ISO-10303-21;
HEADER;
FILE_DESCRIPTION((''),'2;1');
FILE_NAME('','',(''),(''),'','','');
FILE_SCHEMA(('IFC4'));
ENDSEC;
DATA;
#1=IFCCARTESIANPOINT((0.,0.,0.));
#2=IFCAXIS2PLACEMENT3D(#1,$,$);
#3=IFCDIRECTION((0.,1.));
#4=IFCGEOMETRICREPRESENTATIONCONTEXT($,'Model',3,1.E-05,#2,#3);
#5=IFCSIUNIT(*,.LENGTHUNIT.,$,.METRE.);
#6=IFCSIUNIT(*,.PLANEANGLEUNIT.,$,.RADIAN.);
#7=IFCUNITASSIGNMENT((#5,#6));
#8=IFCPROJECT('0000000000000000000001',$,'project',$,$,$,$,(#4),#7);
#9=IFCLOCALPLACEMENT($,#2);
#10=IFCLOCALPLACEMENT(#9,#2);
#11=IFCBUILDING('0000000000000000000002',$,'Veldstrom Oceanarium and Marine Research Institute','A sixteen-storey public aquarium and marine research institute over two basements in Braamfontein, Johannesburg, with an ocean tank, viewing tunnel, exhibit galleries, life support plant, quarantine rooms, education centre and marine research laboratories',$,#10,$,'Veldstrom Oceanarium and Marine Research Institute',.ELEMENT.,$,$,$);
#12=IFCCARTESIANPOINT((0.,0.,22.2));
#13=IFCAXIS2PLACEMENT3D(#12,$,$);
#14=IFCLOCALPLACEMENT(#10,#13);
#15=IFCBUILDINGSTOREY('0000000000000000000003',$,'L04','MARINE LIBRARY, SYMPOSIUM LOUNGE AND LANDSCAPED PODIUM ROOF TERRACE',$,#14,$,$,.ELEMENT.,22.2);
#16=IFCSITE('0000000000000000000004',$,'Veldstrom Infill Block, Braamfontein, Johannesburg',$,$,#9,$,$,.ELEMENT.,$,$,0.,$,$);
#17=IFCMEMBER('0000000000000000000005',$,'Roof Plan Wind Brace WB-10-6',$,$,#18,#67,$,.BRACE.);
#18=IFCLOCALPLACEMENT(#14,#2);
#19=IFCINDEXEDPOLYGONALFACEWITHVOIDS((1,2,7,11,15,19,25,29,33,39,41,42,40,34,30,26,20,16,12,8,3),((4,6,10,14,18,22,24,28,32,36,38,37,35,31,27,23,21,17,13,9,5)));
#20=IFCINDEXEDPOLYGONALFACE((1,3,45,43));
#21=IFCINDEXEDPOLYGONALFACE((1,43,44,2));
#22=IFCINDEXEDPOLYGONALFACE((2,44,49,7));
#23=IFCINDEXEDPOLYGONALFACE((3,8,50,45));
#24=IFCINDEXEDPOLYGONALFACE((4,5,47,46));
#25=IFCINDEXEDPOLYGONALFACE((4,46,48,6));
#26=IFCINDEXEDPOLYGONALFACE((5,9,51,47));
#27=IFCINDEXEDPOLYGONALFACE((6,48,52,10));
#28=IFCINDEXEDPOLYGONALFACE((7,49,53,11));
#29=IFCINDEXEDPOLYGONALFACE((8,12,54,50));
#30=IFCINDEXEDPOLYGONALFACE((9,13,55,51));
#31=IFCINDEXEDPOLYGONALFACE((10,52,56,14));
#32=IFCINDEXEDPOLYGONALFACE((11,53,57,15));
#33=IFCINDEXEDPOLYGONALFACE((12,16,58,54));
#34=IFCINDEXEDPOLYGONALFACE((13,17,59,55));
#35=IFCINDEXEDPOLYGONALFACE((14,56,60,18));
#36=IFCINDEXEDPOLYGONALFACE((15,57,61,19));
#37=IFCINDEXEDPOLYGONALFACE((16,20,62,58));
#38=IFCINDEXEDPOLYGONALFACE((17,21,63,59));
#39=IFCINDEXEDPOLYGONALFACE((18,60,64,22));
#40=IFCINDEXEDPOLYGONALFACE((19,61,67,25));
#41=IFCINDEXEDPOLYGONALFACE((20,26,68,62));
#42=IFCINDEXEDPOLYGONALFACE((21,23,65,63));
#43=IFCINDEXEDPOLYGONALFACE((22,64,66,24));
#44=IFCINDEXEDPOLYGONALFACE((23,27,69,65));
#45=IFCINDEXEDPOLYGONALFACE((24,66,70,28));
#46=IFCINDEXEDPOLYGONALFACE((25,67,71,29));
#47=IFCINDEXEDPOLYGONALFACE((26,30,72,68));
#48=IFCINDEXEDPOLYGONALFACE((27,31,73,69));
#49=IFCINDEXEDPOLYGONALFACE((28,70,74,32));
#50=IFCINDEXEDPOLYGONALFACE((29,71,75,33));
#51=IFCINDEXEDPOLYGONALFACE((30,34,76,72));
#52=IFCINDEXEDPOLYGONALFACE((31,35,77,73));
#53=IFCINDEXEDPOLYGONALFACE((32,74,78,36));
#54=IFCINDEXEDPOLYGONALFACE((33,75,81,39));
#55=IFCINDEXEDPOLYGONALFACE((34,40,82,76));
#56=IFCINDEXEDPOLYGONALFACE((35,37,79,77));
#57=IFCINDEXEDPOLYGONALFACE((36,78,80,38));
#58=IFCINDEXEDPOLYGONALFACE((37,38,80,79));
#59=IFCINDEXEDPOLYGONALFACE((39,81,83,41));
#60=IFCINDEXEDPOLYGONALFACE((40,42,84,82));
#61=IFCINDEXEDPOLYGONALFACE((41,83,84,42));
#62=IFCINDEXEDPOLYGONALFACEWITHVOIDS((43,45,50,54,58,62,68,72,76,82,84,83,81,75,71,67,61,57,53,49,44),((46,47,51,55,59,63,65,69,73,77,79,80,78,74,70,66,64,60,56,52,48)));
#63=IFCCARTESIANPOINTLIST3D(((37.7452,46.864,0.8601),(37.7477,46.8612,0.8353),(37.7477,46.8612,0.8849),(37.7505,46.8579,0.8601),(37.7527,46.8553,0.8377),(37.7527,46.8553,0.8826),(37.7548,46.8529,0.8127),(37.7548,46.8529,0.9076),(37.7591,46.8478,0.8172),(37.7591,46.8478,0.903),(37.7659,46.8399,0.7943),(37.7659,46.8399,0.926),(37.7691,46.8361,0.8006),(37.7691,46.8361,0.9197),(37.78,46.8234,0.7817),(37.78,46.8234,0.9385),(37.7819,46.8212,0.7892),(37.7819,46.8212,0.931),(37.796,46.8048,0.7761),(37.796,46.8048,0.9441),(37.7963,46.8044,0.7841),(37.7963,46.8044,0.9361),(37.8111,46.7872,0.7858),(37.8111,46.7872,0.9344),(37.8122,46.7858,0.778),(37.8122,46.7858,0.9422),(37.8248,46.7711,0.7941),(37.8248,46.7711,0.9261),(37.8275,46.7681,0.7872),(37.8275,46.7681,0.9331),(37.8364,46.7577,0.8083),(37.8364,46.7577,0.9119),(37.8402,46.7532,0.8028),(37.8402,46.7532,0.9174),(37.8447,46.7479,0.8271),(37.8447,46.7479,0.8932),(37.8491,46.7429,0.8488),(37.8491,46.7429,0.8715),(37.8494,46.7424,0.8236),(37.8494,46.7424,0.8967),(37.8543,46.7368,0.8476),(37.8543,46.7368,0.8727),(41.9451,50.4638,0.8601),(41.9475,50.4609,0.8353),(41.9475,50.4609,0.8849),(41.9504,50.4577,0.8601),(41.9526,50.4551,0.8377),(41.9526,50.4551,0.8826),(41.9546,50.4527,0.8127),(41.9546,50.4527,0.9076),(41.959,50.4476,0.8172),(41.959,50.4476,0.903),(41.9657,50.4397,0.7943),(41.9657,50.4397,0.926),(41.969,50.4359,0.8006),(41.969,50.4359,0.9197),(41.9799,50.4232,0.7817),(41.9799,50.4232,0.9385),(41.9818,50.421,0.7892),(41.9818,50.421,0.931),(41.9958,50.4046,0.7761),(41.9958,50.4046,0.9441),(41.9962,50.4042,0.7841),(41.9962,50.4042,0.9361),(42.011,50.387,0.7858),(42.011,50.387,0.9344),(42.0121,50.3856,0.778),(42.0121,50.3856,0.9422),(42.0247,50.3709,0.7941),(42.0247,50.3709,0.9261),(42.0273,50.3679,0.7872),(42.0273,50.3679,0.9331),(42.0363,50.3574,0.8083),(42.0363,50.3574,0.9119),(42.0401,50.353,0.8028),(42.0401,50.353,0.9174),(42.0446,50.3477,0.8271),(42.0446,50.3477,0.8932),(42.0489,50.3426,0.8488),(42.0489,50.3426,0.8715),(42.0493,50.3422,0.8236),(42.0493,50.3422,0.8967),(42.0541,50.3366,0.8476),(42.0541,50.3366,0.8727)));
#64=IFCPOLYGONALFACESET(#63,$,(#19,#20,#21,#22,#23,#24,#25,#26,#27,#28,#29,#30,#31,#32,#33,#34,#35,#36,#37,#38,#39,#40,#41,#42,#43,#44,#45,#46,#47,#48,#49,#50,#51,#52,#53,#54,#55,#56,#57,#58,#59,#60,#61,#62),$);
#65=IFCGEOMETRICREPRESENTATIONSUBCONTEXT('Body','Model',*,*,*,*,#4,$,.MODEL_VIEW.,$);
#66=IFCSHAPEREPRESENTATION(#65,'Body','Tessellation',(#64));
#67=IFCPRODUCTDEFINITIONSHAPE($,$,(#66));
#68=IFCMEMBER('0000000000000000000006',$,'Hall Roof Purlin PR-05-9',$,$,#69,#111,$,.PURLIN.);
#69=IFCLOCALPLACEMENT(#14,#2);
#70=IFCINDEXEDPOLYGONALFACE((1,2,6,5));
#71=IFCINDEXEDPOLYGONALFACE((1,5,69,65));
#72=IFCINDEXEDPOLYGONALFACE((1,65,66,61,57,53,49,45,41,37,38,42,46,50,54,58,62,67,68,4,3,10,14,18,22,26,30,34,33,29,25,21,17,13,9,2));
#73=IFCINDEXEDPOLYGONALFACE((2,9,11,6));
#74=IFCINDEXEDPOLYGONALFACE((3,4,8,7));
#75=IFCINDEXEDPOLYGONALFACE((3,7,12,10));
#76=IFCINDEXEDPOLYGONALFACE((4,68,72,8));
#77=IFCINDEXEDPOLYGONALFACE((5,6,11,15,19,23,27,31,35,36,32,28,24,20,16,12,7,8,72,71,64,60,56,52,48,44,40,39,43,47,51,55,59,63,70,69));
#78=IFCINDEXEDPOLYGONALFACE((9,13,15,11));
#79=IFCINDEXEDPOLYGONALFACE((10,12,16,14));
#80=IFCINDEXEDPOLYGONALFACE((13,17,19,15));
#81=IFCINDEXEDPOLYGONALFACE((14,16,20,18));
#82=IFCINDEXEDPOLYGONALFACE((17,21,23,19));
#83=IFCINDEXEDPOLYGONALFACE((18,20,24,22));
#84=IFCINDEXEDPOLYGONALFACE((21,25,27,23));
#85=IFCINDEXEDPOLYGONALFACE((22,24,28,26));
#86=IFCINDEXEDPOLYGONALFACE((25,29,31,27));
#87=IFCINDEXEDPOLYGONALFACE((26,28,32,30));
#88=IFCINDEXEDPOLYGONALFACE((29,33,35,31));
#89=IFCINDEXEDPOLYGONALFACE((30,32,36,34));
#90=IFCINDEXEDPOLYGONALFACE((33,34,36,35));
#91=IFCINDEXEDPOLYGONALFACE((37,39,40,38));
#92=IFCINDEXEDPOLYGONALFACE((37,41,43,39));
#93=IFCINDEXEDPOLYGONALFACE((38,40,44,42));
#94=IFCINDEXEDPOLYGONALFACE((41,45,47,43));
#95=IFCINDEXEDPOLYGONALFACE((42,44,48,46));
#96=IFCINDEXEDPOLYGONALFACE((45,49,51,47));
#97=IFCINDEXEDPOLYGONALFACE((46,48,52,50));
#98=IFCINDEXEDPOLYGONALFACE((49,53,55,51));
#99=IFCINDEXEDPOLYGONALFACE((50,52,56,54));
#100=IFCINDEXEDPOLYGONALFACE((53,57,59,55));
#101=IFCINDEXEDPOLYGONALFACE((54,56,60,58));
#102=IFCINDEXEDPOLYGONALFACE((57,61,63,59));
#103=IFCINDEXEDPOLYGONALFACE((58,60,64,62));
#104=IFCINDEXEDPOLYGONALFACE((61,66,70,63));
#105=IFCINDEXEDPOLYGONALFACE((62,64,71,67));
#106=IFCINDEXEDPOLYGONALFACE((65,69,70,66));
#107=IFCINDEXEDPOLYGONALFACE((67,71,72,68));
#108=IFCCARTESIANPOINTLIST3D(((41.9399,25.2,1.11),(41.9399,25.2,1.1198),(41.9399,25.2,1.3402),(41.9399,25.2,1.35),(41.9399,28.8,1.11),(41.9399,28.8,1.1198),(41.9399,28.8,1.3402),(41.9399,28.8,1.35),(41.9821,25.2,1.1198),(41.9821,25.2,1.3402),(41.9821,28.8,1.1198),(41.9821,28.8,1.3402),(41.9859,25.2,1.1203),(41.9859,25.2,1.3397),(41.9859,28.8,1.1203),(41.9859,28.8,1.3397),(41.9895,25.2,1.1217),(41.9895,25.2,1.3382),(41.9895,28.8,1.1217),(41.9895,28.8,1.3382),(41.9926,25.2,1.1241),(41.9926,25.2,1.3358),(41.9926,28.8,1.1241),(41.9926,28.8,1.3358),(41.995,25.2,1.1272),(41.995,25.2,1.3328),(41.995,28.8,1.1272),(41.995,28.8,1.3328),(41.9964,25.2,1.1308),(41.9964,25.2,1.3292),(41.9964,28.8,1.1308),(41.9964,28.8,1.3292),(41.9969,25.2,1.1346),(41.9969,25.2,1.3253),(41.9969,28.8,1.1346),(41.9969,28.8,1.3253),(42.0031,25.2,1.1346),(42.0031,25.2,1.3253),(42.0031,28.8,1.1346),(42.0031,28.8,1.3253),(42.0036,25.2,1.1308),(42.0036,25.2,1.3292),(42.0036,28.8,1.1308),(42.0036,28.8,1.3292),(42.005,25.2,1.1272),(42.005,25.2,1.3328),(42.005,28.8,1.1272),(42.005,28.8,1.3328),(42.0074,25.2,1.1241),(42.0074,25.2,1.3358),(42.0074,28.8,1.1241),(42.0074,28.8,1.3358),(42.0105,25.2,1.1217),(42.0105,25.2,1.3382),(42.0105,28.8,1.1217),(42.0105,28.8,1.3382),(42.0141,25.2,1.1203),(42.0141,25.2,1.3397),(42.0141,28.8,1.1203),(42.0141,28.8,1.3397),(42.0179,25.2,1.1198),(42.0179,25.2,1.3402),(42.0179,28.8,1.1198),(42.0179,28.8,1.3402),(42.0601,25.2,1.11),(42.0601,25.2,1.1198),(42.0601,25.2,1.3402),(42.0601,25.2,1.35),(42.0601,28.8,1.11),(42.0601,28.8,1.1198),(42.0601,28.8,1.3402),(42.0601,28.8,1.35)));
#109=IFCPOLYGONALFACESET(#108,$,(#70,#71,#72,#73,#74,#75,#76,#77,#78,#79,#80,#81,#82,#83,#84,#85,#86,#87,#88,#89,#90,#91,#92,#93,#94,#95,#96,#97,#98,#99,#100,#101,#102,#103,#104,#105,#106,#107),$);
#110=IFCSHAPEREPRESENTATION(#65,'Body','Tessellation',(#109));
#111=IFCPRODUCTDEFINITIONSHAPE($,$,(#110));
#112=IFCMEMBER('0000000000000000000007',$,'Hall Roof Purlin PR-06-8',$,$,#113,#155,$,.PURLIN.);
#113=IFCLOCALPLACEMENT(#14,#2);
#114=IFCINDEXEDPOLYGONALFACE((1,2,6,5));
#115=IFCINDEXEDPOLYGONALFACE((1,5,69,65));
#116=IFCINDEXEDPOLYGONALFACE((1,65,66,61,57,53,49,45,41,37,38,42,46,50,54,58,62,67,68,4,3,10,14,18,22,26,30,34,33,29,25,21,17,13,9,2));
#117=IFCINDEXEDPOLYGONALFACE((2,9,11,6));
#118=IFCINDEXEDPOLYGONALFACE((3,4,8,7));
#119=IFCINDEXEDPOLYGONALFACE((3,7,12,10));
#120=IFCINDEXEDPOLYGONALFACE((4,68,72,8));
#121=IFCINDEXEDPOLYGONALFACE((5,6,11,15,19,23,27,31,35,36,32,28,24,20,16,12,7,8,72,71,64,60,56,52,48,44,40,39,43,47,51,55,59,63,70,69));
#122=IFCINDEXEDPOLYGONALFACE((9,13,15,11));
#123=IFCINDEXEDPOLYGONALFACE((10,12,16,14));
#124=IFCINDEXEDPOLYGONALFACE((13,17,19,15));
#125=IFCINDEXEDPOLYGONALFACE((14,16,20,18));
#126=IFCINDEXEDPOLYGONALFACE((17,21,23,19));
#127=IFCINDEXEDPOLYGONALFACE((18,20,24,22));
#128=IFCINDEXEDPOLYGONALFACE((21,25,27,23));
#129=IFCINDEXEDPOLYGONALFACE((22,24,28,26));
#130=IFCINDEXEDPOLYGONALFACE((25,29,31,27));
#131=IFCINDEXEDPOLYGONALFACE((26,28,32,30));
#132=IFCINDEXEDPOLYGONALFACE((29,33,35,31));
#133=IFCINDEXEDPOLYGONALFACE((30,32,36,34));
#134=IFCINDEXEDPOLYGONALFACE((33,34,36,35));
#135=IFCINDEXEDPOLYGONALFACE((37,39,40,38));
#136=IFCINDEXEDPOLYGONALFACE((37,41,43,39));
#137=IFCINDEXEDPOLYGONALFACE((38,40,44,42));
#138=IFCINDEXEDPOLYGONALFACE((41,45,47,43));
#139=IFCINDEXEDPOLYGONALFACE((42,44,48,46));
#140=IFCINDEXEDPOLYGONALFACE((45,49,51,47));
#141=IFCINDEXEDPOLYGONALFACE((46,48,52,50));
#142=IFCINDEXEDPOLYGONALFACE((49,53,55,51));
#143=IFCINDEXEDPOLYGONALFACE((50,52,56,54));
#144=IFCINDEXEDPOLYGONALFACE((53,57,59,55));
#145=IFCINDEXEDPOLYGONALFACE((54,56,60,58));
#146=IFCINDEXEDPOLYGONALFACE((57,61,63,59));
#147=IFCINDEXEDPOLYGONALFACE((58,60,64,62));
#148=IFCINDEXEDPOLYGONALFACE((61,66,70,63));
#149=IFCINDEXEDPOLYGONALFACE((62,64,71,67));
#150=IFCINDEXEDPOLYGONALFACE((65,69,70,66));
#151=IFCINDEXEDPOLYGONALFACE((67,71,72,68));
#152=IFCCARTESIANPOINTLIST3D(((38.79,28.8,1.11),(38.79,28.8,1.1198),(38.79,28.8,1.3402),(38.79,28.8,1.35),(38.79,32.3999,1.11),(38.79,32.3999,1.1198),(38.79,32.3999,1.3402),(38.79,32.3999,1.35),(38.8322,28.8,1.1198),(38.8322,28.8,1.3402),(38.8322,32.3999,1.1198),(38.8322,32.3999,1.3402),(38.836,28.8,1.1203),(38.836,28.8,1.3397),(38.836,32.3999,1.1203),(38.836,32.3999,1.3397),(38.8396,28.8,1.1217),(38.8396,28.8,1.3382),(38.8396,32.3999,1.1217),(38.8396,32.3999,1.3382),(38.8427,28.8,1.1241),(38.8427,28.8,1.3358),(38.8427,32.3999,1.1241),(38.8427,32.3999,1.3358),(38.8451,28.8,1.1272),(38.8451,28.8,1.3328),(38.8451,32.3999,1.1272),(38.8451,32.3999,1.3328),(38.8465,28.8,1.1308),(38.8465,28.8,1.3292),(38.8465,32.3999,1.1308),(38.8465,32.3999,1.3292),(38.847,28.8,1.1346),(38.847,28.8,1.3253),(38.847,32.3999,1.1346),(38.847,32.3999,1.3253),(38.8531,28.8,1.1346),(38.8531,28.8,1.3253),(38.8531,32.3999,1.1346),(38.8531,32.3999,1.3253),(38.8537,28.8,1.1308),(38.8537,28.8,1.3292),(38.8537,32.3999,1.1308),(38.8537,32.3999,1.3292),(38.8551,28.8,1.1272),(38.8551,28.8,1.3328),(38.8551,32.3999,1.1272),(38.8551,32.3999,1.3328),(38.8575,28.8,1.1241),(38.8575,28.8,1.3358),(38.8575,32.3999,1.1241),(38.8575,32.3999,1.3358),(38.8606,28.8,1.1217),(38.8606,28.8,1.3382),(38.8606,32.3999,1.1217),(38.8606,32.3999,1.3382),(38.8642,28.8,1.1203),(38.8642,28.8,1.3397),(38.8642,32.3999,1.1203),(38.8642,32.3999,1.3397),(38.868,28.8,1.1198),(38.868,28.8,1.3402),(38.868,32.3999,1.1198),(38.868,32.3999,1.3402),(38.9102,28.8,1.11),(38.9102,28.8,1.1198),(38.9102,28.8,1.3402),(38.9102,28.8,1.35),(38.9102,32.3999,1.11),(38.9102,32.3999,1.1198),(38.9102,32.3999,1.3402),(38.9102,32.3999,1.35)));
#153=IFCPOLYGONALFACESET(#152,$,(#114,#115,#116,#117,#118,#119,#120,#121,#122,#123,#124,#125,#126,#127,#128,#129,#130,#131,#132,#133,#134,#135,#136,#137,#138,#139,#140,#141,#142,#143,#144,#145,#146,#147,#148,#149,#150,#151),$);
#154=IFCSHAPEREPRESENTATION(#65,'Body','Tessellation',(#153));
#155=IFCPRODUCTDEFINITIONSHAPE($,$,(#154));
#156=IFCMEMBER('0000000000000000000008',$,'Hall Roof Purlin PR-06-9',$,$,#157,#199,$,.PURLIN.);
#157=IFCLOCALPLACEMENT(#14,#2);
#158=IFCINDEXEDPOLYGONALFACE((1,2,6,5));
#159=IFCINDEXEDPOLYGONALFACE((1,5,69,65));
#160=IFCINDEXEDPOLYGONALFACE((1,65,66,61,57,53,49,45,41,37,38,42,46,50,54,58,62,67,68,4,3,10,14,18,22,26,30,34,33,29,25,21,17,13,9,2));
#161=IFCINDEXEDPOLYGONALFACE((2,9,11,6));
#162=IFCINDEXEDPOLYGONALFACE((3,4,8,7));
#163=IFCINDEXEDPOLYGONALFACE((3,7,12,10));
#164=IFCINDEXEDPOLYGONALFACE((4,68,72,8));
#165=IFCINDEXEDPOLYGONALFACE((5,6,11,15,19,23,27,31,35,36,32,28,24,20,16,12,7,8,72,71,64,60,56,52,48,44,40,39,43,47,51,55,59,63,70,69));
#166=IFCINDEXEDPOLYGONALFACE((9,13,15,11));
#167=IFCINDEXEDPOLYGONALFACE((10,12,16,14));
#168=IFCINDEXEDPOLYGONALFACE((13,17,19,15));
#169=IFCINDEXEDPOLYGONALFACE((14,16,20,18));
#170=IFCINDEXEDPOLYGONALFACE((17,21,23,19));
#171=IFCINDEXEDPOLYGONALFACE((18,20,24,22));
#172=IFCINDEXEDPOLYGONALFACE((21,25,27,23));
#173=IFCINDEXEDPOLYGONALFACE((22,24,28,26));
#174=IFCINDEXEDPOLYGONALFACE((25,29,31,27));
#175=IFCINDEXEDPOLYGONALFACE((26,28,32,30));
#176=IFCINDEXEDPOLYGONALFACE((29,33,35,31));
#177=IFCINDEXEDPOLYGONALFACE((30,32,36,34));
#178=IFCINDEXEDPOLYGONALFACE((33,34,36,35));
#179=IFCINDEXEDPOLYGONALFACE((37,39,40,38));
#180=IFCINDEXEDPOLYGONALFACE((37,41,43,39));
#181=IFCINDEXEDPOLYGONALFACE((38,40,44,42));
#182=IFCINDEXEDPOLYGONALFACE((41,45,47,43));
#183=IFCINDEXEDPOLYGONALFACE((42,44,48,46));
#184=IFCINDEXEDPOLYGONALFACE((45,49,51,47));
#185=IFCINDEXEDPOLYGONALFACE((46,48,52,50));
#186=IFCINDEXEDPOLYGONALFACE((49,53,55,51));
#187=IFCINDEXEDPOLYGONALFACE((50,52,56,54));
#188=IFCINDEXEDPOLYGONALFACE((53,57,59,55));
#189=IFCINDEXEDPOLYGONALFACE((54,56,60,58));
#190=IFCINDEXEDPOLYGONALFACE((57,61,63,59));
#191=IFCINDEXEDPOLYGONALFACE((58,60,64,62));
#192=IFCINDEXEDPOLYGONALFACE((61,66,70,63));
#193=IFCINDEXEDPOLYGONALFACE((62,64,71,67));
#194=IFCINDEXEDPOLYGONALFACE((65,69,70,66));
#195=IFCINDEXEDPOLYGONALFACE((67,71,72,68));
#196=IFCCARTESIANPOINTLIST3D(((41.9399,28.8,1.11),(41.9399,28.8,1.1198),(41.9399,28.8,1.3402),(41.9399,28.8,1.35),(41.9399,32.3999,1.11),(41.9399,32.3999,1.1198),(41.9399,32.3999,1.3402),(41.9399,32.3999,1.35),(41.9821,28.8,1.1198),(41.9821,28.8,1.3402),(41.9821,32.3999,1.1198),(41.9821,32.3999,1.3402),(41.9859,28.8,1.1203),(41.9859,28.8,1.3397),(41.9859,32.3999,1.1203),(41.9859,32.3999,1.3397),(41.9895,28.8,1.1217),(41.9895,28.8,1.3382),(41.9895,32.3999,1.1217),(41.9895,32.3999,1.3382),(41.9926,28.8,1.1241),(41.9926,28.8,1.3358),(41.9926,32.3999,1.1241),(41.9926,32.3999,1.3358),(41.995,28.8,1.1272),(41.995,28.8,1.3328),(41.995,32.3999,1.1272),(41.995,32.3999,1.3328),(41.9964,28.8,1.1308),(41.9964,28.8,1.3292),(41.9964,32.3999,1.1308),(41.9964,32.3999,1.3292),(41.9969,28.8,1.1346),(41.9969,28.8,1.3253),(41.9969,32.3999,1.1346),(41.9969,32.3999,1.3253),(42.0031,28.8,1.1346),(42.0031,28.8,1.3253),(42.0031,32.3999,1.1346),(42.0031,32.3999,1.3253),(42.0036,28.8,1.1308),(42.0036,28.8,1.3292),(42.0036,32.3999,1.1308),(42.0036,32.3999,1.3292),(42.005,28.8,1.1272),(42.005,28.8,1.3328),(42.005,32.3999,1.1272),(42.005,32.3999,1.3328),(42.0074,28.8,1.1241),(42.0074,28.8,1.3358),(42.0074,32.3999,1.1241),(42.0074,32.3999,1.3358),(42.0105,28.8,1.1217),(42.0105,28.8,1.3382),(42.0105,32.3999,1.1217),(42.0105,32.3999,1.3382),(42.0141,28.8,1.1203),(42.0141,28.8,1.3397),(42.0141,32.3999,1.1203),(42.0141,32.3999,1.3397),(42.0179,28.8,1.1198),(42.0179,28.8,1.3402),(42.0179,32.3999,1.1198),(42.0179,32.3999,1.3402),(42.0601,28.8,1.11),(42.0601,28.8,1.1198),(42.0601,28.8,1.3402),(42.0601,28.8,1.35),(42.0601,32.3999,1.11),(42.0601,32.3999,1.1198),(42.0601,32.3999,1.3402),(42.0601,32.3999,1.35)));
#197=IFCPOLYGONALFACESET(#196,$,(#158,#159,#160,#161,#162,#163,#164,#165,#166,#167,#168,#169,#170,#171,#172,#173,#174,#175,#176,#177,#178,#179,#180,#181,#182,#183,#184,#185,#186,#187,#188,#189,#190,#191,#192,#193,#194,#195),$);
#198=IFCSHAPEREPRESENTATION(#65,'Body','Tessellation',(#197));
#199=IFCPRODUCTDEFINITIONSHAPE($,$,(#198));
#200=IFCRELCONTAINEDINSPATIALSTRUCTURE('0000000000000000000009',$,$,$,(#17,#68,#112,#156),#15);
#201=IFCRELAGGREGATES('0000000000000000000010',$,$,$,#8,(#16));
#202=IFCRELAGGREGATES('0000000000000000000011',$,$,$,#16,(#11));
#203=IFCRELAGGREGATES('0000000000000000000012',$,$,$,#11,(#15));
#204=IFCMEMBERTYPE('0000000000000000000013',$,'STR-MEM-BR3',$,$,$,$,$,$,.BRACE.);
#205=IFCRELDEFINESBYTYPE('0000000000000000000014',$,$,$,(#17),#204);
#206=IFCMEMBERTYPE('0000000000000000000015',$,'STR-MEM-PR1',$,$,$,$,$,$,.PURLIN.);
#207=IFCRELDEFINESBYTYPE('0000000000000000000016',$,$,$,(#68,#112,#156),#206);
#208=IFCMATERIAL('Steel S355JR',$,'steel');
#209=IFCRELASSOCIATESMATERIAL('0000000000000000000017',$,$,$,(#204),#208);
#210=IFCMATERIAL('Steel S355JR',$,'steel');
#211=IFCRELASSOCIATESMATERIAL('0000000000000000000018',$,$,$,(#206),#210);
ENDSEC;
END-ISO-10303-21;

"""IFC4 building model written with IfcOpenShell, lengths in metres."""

from ifc_helpers import new_model, si_unit, direction, frame, origin, origin_2d, place, context, subcontext, project, spatial, hollow_circle, i_section, extrude, material, material_profile, profile_set, type_object, element, save


model = new_model("IFC4")

# Units and contexts
model_context = context("Model", 3, precision=1e-05, world=origin(), true_north=direction((0.0, 1.0)))
body_context = subcontext(model_context, "Body", "Model", "MODEL_VIEW")
ifc_project = project(units=[si_unit("LENGTHUNIT", "METRE"), si_unit("PLANEANGLEUNIT", "RADIAN")], contexts=[model_context])

# Site, building, storey
site_placement = place(None, origin())
site = spatial("IfcSite", under=ifc_project, at=site_placement, Name="Veldstrom Infill Block, Braamfontein, Johannesburg", CompositionType="ELEMENT", RefElevation=0.0)
building_placement = place(site_placement, origin())
building = spatial("IfcBuilding", under=site, at=building_placement, Name="Veldstrom Oceanarium and Marine Research Institute", Description="A sixteen-storey public aquarium and marine research institute over two basements in Braamfontein, Johannesburg, with an ocean tank, viewing tunnel, exhibit galleries, life support plant, quarantine rooms, education centre and marine research laboratories", LongName="Veldstrom Oceanarium and Marine Research Institute", CompositionType="ELEMENT")
storey_placement = place(building_placement, frame((0.0, 0.0, 22.2)))
storey = spatial("IfcBuildingStorey", under=building, at=storey_placement, Name="L04", Description="MARINE LIBRARY, SYMPOSIUM LOUNGE AND LANDSCAPED PODIUM ROOF TERRACE", CompositionType="ELEMENT", Elevation=22.2)

# Members
ifc_material_1 = material(Name="Steel S355JR", Category="steel")
ifc_material_profile_1 = material_profile(ifc_material_1, hollow_circle(Radius=0.0842, WallThickness=0.0081, at=origin_2d()), Name="CHS 168.3x8")
ifc_profile_set_1 = profile_set([ifc_material_profile_1], Name="Steel S355JR")
member_type_1 = type_object("IfcMemberType", Name="STR-MEM-BR3", PredefinedType="BRACE", material=ifc_profile_set_1)
for number, where, z_axis, x_axis, name in (
    (1, (37.8, 46.8, 0.8601), (0.759266, 0.65078, 0.0), (-0.65078, 0.759266, 0.0), "Roof Plan Wind Brace WB-10-6"),
):
    element("IfcMember", number, at=place(storey_placement, frame(where, z_axis=z_axis, x_axis=x_axis)), inside=storey, type_object=member_type_1, Name=name, PredefinedType="BRACE", context=body_context, shape_type="SweptSolid", body=[
        extrude(hollow_circle(Radius=0.0842, WallThickness=0.0081, at=origin_2d()), origin(), (0.0, 0.0, 1.0), 5.5315),
    ])
ifc_material_2 = material(Name="Steel S355JR", Category="steel")
ifc_material_profile_2 = material_profile(ifc_material_2, i_section(OverallWidth=0.1201, OverallDepth=0.24, WebThickness=0.0061, FlangeThickness=0.0098, FilletRadius=0.0149, at=origin_2d()), Name="IPE 240")
ifc_profile_set_2 = profile_set([ifc_material_profile_2], Name="Steel S355JR")
member_type_2 = type_object("IfcMemberType", Name="STR-MEM-PR1", PredefinedType="PURLIN", material=ifc_profile_set_2)
member_1_placement = place(storey_placement, frame((42.0, 25.2, 1.23), z_axis=(0.0, 1.0, 0.0), x_axis=(-1.0, 0.0, 0.0)))
element("IfcMember", 2, at=member_1_placement, inside=storey, type_object=member_type_2, Name="Hall Roof Purlin PR-05-9", PredefinedType="PURLIN", context=body_context, shape_type="SweptSolid", body=[
    extrude(i_section(OverallWidth=0.1201, OverallDepth=0.24, WebThickness=0.0061, FlangeThickness=0.0098, FilletRadius=0.0149, at=origin_2d()), origin(), (0.0, 0.0, 1.0), 3.6001),
])
for number, where, z_axis, x_axis, name in (
    (3, (38.8501, 28.8, 1.23), (0.0, 1.0, 0.0), (-1.0, 0.0, 0.0), "Hall Roof Purlin PR-06-8"),
    (4, (42.0, 28.8, 1.23), (0.0, 1.0, 0.0), (-1.0, 0.0, 0.0), "Hall Roof Purlin PR-06-9"),
):
    element("IfcMember", number, at=place(storey_placement, frame(where, z_axis=z_axis, x_axis=x_axis)), inside=storey, type_object=member_type_2, Name=name, PredefinedType="PURLIN", context=body_context, shape_type="SweptSolid", body=[
        extrude(i_section(OverallWidth=0.1201, OverallDepth=0.24, WebThickness=0.0061, FlangeThickness=0.0098, FilletRadius=0.0149, at=origin_2d()), origin(), (0.0, 0.0, 1.0), 3.5999),
    ])

save(model, "model.ifc")
